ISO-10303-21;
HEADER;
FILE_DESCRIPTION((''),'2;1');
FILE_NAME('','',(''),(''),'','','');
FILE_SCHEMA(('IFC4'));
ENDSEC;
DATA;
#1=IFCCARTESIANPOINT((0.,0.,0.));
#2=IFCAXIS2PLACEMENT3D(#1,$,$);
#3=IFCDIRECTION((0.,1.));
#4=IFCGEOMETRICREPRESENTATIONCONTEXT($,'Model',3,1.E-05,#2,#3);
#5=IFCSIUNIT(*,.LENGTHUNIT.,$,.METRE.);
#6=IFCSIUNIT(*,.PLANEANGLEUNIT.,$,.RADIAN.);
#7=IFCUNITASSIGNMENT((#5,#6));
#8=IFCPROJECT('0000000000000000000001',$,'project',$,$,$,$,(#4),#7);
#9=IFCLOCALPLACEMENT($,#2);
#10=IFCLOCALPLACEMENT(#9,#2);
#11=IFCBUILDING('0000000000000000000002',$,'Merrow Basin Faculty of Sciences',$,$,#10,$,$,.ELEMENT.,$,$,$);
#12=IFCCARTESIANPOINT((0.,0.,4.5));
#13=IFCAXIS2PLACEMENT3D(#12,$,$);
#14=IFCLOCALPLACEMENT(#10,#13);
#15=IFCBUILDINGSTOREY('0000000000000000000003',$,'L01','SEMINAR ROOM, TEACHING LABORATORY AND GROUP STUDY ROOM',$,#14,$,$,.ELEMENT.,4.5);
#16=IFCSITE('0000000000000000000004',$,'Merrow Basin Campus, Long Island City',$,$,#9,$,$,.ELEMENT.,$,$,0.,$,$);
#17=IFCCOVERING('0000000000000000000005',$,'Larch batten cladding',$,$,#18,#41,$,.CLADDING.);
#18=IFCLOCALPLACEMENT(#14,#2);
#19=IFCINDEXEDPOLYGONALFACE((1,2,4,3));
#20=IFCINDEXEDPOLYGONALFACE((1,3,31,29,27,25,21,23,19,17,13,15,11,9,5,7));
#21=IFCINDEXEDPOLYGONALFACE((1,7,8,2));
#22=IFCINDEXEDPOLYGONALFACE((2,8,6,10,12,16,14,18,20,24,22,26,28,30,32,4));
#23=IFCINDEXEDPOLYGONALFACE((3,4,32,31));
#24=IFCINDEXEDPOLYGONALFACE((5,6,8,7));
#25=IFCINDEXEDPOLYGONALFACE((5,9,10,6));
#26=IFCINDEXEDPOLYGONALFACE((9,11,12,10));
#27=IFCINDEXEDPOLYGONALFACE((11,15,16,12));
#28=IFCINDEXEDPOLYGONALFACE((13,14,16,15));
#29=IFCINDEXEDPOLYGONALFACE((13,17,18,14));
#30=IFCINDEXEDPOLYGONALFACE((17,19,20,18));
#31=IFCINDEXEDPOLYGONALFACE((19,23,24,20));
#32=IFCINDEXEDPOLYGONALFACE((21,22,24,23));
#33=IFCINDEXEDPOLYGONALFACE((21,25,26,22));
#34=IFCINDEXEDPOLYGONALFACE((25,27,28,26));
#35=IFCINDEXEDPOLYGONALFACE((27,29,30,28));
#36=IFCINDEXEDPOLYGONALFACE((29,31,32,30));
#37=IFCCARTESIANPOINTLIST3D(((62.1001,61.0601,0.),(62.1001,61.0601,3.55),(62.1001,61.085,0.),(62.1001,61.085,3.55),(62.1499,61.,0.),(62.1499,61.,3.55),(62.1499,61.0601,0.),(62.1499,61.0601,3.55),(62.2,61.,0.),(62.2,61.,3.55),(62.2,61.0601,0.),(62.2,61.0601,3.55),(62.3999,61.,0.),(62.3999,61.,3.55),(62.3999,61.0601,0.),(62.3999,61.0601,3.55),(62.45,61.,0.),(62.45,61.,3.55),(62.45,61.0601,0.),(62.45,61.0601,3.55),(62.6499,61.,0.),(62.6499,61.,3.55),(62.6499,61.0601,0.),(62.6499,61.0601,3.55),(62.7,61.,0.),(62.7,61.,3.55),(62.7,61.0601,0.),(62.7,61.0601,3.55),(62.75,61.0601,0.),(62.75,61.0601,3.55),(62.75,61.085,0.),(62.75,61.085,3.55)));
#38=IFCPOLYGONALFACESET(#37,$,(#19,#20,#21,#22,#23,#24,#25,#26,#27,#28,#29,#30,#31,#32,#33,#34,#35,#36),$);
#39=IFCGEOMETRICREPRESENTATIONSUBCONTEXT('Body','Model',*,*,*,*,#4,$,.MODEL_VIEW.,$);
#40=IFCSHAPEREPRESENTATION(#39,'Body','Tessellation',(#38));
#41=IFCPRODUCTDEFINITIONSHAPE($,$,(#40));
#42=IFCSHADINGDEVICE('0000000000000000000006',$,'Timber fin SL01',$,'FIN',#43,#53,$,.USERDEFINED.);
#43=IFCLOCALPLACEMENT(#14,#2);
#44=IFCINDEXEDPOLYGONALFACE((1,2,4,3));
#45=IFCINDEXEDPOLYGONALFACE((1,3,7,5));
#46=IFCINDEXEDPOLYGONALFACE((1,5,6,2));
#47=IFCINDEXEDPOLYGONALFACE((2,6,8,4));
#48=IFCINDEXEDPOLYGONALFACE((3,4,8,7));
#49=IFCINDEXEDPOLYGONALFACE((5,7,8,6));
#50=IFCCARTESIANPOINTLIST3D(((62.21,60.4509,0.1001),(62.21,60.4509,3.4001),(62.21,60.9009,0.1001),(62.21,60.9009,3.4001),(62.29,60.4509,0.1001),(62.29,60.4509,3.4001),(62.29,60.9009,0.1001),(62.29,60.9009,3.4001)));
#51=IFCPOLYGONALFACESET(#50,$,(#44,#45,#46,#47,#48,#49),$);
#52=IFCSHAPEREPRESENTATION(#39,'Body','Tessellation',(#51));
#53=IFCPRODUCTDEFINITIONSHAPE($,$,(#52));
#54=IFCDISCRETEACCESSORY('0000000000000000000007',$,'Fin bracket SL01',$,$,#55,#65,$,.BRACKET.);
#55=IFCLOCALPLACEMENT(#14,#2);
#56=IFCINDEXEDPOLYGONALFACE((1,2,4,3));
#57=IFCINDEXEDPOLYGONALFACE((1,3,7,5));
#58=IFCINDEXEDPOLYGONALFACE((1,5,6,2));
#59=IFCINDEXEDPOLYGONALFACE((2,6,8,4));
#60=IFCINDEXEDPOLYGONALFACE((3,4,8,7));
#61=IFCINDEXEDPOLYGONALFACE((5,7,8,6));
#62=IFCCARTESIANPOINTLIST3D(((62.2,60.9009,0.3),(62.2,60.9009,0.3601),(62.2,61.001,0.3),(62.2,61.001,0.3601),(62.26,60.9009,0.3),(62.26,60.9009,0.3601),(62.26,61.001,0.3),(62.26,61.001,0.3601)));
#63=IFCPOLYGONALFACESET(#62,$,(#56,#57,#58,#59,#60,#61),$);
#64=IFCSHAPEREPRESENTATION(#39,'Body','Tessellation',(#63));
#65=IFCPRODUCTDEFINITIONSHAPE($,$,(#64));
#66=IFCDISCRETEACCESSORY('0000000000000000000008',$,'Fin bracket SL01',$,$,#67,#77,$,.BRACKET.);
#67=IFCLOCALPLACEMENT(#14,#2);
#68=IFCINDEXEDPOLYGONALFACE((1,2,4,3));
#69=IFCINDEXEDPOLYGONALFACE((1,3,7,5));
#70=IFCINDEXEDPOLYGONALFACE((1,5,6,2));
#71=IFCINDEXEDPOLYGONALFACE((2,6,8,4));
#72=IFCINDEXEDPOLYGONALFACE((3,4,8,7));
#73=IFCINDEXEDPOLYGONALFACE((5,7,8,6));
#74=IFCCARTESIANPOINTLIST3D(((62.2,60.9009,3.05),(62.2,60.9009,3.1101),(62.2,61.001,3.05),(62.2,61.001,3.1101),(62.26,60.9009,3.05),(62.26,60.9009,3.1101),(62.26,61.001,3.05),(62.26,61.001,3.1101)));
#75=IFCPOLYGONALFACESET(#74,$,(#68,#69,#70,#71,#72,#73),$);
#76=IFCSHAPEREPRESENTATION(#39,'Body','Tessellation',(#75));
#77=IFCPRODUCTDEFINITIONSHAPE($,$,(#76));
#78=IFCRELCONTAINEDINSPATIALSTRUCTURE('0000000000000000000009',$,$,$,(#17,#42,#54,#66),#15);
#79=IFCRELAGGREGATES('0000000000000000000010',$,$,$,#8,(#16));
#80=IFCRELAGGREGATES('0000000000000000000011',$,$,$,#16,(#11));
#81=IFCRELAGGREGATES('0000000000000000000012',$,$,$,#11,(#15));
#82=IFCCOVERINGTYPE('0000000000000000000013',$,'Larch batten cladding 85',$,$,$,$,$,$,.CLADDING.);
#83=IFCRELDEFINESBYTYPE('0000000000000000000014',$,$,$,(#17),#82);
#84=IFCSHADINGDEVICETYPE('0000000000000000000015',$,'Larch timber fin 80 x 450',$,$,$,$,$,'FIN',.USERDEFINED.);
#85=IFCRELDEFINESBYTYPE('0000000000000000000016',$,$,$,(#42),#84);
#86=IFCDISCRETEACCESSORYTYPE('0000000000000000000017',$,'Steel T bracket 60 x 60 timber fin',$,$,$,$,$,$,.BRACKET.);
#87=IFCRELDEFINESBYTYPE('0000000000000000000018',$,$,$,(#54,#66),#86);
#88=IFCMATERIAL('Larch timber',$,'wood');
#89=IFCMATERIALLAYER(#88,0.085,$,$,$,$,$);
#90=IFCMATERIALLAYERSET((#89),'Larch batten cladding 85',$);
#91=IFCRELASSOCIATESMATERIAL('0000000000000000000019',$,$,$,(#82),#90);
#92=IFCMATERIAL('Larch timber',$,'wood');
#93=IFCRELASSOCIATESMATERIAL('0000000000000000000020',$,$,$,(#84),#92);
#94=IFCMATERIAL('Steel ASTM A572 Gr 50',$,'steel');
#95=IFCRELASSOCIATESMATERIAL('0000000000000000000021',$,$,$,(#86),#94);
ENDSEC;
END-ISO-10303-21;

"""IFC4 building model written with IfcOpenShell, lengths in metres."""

from ifc_helpers import new_model, si_unit, direction, frame, origin, place, context, subcontext, project, spatial, polyline, outline, extrude, source, transform, mapped, material, layer, layer_set, type_object, element, save


model = new_model("IFC4")

# Units and contexts
model_context = context("Model", 3, precision=1e-05, world=origin(), true_north=direction((0.0, 1.0)))
body_context = subcontext(model_context, "Body", "Model", "MODEL_VIEW")
ifc_project = project(units=[si_unit("LENGTHUNIT", "METRE"), si_unit("PLANEANGLEUNIT", "RADIAN")], contexts=[model_context])

# Site, building, storey
site_placement = place(None, origin())
site = spatial("IfcSite", under=ifc_project, at=site_placement, Name="Merrow Basin Campus, Long Island City", CompositionType="ELEMENT", RefElevation=0.0)
building_placement = place(site_placement, origin())
building = spatial("IfcBuilding", under=site, at=building_placement, Name="Merrow Basin Faculty of Sciences", CompositionType="ELEMENT")
storey_placement = place(building_placement, frame((0.0, 0.0, 4.5)))
storey = spatial("IfcBuildingStorey", under=building, at=storey_placement, Name="L01", Description="SEMINAR ROOM, TEACHING LABORATORY AND GROUP STUDY ROOM", CompositionType="ELEMENT", Elevation=4.5)

# Covering
ifc_material_1 = material(Name="Larch timber", Category="wood")
ifc_layer_1 = layer(ifc_material_1, 0.085)
ifc_layer_set_1 = layer_set([ifc_layer_1], Name="Larch batten cladding 85")
covering_type = type_object("IfcCoveringType", Name="Larch batten cladding 85", PredefinedType="CLADDING", material=ifc_layer_set_1)
shared_shape_1 = source(origin(), body_context, "Body", "SweptSolid", [
    extrude(outline(polyline([(0.0, 0.0), (0.6499, 0.0), (0.6499, 0.0249), (0.6001, 0.0249), (0.6001, 0.085), (0.55, 0.085), (0.55, 0.0249), (0.3501, 0.0249), (0.3501, 0.085), (0.3, 0.085), (0.3, 0.0249), (0.1001, 0.0249), (0.1001, 0.085), (0.05, 0.085), (0.05, 0.0249), (0.0, 0.0249), (0.0, 0.0)])), origin(), (0.0, 0.0, 1.0), 3.55),
])
covering_1_placement = place(storey_placement, frame((62.75, 61.085, 0.0), z_axis=(0.0, 0.0, 1.0), x_axis=(-1.0, 0.0, 0.0)))
element("IfcCovering", 1, at=covering_1_placement, inside=storey, type_object=covering_type, Name="Larch batten cladding", PredefinedType="CLADDING", context=body_context, shape_type="MappedRepresentation", body=[
    mapped(shared_shape_1, transform((0.0, 0.0, 0.0), scale=1.0)),
])

# Shading device
ifc_material_2 = material(Name="Larch timber", Category="wood")
shading_device_type = type_object("IfcShadingDeviceType", Name="Larch timber fin 80 x 450", ElementType="FIN", PredefinedType="USERDEFINED", material=ifc_material_2)
shared_shape_2 = source(origin(), body_context, "Body", "SweptSolid", [
    extrude(outline(polyline([(0.0, 0.0), (0.0801, 0.0), (0.0801, 3.3), (0.0, 3.3), (0.0, 0.0)])), origin(), (0.0, 0.0, 1.0), 0.45),
])
shading_device_placement = place(storey_placement, frame((62.21, 60.9009, 0.1001), z_axis=(0.0, -1.0, 0.0), x_axis=(1.0, 0.0, 0.0)))
element("IfcShadingDevice", 2, at=shading_device_placement, inside=storey, type_object=shading_device_type, Name="Timber fin SL01", ObjectType="FIN", PredefinedType="USERDEFINED", context=body_context, shape_type="MappedRepresentation", body=[
    mapped(shared_shape_2, transform((0.0, 0.0, 0.0), scale=1.0)),
])

# Discrete accessories
ifc_material_3 = material(Name="Steel ASTM A572 Gr 50", Category="steel")
discrete_accessory_type = type_object("IfcDiscreteAccessoryType", Name="Steel T bracket 60 x 60 timber fin", PredefinedType="BRACKET", material=ifc_material_3)
shared_shape_3 = source(origin(), body_context, "Body", "SweptSolid", [
    extrude(outline(polyline([(0.0, 0.0), (0.0601, 0.0), (0.0601, 0.0601), (0.0, 0.0601), (0.0, 0.0)])), origin(), (0.0, 0.0, 1.0), 0.1001),
])
for number, where, z_axis, x_axis, name in (
    (3, (62.2, 61.001, 0.3), (0.0, -1.0, 0.0), (1.0, 0.0, 0.0), "Fin bracket SL01"),
    (4, (62.2, 61.001, 3.05), (0.0, -1.0, 0.0), (1.0, 0.0, 0.0), "Fin bracket SL01"),
):
    element("IfcDiscreteAccessory", number, at=place(storey_placement, frame(where, z_axis=z_axis, x_axis=x_axis)), inside=storey, type_object=discrete_accessory_type, Name=name, PredefinedType="BRACKET", context=body_context, shape_type="MappedRepresentation", body=[
        mapped(shared_shape_3, transform((0.0, 0.0, 0.0), scale=1.0)),
    ])

save(model, "model.ifc")
